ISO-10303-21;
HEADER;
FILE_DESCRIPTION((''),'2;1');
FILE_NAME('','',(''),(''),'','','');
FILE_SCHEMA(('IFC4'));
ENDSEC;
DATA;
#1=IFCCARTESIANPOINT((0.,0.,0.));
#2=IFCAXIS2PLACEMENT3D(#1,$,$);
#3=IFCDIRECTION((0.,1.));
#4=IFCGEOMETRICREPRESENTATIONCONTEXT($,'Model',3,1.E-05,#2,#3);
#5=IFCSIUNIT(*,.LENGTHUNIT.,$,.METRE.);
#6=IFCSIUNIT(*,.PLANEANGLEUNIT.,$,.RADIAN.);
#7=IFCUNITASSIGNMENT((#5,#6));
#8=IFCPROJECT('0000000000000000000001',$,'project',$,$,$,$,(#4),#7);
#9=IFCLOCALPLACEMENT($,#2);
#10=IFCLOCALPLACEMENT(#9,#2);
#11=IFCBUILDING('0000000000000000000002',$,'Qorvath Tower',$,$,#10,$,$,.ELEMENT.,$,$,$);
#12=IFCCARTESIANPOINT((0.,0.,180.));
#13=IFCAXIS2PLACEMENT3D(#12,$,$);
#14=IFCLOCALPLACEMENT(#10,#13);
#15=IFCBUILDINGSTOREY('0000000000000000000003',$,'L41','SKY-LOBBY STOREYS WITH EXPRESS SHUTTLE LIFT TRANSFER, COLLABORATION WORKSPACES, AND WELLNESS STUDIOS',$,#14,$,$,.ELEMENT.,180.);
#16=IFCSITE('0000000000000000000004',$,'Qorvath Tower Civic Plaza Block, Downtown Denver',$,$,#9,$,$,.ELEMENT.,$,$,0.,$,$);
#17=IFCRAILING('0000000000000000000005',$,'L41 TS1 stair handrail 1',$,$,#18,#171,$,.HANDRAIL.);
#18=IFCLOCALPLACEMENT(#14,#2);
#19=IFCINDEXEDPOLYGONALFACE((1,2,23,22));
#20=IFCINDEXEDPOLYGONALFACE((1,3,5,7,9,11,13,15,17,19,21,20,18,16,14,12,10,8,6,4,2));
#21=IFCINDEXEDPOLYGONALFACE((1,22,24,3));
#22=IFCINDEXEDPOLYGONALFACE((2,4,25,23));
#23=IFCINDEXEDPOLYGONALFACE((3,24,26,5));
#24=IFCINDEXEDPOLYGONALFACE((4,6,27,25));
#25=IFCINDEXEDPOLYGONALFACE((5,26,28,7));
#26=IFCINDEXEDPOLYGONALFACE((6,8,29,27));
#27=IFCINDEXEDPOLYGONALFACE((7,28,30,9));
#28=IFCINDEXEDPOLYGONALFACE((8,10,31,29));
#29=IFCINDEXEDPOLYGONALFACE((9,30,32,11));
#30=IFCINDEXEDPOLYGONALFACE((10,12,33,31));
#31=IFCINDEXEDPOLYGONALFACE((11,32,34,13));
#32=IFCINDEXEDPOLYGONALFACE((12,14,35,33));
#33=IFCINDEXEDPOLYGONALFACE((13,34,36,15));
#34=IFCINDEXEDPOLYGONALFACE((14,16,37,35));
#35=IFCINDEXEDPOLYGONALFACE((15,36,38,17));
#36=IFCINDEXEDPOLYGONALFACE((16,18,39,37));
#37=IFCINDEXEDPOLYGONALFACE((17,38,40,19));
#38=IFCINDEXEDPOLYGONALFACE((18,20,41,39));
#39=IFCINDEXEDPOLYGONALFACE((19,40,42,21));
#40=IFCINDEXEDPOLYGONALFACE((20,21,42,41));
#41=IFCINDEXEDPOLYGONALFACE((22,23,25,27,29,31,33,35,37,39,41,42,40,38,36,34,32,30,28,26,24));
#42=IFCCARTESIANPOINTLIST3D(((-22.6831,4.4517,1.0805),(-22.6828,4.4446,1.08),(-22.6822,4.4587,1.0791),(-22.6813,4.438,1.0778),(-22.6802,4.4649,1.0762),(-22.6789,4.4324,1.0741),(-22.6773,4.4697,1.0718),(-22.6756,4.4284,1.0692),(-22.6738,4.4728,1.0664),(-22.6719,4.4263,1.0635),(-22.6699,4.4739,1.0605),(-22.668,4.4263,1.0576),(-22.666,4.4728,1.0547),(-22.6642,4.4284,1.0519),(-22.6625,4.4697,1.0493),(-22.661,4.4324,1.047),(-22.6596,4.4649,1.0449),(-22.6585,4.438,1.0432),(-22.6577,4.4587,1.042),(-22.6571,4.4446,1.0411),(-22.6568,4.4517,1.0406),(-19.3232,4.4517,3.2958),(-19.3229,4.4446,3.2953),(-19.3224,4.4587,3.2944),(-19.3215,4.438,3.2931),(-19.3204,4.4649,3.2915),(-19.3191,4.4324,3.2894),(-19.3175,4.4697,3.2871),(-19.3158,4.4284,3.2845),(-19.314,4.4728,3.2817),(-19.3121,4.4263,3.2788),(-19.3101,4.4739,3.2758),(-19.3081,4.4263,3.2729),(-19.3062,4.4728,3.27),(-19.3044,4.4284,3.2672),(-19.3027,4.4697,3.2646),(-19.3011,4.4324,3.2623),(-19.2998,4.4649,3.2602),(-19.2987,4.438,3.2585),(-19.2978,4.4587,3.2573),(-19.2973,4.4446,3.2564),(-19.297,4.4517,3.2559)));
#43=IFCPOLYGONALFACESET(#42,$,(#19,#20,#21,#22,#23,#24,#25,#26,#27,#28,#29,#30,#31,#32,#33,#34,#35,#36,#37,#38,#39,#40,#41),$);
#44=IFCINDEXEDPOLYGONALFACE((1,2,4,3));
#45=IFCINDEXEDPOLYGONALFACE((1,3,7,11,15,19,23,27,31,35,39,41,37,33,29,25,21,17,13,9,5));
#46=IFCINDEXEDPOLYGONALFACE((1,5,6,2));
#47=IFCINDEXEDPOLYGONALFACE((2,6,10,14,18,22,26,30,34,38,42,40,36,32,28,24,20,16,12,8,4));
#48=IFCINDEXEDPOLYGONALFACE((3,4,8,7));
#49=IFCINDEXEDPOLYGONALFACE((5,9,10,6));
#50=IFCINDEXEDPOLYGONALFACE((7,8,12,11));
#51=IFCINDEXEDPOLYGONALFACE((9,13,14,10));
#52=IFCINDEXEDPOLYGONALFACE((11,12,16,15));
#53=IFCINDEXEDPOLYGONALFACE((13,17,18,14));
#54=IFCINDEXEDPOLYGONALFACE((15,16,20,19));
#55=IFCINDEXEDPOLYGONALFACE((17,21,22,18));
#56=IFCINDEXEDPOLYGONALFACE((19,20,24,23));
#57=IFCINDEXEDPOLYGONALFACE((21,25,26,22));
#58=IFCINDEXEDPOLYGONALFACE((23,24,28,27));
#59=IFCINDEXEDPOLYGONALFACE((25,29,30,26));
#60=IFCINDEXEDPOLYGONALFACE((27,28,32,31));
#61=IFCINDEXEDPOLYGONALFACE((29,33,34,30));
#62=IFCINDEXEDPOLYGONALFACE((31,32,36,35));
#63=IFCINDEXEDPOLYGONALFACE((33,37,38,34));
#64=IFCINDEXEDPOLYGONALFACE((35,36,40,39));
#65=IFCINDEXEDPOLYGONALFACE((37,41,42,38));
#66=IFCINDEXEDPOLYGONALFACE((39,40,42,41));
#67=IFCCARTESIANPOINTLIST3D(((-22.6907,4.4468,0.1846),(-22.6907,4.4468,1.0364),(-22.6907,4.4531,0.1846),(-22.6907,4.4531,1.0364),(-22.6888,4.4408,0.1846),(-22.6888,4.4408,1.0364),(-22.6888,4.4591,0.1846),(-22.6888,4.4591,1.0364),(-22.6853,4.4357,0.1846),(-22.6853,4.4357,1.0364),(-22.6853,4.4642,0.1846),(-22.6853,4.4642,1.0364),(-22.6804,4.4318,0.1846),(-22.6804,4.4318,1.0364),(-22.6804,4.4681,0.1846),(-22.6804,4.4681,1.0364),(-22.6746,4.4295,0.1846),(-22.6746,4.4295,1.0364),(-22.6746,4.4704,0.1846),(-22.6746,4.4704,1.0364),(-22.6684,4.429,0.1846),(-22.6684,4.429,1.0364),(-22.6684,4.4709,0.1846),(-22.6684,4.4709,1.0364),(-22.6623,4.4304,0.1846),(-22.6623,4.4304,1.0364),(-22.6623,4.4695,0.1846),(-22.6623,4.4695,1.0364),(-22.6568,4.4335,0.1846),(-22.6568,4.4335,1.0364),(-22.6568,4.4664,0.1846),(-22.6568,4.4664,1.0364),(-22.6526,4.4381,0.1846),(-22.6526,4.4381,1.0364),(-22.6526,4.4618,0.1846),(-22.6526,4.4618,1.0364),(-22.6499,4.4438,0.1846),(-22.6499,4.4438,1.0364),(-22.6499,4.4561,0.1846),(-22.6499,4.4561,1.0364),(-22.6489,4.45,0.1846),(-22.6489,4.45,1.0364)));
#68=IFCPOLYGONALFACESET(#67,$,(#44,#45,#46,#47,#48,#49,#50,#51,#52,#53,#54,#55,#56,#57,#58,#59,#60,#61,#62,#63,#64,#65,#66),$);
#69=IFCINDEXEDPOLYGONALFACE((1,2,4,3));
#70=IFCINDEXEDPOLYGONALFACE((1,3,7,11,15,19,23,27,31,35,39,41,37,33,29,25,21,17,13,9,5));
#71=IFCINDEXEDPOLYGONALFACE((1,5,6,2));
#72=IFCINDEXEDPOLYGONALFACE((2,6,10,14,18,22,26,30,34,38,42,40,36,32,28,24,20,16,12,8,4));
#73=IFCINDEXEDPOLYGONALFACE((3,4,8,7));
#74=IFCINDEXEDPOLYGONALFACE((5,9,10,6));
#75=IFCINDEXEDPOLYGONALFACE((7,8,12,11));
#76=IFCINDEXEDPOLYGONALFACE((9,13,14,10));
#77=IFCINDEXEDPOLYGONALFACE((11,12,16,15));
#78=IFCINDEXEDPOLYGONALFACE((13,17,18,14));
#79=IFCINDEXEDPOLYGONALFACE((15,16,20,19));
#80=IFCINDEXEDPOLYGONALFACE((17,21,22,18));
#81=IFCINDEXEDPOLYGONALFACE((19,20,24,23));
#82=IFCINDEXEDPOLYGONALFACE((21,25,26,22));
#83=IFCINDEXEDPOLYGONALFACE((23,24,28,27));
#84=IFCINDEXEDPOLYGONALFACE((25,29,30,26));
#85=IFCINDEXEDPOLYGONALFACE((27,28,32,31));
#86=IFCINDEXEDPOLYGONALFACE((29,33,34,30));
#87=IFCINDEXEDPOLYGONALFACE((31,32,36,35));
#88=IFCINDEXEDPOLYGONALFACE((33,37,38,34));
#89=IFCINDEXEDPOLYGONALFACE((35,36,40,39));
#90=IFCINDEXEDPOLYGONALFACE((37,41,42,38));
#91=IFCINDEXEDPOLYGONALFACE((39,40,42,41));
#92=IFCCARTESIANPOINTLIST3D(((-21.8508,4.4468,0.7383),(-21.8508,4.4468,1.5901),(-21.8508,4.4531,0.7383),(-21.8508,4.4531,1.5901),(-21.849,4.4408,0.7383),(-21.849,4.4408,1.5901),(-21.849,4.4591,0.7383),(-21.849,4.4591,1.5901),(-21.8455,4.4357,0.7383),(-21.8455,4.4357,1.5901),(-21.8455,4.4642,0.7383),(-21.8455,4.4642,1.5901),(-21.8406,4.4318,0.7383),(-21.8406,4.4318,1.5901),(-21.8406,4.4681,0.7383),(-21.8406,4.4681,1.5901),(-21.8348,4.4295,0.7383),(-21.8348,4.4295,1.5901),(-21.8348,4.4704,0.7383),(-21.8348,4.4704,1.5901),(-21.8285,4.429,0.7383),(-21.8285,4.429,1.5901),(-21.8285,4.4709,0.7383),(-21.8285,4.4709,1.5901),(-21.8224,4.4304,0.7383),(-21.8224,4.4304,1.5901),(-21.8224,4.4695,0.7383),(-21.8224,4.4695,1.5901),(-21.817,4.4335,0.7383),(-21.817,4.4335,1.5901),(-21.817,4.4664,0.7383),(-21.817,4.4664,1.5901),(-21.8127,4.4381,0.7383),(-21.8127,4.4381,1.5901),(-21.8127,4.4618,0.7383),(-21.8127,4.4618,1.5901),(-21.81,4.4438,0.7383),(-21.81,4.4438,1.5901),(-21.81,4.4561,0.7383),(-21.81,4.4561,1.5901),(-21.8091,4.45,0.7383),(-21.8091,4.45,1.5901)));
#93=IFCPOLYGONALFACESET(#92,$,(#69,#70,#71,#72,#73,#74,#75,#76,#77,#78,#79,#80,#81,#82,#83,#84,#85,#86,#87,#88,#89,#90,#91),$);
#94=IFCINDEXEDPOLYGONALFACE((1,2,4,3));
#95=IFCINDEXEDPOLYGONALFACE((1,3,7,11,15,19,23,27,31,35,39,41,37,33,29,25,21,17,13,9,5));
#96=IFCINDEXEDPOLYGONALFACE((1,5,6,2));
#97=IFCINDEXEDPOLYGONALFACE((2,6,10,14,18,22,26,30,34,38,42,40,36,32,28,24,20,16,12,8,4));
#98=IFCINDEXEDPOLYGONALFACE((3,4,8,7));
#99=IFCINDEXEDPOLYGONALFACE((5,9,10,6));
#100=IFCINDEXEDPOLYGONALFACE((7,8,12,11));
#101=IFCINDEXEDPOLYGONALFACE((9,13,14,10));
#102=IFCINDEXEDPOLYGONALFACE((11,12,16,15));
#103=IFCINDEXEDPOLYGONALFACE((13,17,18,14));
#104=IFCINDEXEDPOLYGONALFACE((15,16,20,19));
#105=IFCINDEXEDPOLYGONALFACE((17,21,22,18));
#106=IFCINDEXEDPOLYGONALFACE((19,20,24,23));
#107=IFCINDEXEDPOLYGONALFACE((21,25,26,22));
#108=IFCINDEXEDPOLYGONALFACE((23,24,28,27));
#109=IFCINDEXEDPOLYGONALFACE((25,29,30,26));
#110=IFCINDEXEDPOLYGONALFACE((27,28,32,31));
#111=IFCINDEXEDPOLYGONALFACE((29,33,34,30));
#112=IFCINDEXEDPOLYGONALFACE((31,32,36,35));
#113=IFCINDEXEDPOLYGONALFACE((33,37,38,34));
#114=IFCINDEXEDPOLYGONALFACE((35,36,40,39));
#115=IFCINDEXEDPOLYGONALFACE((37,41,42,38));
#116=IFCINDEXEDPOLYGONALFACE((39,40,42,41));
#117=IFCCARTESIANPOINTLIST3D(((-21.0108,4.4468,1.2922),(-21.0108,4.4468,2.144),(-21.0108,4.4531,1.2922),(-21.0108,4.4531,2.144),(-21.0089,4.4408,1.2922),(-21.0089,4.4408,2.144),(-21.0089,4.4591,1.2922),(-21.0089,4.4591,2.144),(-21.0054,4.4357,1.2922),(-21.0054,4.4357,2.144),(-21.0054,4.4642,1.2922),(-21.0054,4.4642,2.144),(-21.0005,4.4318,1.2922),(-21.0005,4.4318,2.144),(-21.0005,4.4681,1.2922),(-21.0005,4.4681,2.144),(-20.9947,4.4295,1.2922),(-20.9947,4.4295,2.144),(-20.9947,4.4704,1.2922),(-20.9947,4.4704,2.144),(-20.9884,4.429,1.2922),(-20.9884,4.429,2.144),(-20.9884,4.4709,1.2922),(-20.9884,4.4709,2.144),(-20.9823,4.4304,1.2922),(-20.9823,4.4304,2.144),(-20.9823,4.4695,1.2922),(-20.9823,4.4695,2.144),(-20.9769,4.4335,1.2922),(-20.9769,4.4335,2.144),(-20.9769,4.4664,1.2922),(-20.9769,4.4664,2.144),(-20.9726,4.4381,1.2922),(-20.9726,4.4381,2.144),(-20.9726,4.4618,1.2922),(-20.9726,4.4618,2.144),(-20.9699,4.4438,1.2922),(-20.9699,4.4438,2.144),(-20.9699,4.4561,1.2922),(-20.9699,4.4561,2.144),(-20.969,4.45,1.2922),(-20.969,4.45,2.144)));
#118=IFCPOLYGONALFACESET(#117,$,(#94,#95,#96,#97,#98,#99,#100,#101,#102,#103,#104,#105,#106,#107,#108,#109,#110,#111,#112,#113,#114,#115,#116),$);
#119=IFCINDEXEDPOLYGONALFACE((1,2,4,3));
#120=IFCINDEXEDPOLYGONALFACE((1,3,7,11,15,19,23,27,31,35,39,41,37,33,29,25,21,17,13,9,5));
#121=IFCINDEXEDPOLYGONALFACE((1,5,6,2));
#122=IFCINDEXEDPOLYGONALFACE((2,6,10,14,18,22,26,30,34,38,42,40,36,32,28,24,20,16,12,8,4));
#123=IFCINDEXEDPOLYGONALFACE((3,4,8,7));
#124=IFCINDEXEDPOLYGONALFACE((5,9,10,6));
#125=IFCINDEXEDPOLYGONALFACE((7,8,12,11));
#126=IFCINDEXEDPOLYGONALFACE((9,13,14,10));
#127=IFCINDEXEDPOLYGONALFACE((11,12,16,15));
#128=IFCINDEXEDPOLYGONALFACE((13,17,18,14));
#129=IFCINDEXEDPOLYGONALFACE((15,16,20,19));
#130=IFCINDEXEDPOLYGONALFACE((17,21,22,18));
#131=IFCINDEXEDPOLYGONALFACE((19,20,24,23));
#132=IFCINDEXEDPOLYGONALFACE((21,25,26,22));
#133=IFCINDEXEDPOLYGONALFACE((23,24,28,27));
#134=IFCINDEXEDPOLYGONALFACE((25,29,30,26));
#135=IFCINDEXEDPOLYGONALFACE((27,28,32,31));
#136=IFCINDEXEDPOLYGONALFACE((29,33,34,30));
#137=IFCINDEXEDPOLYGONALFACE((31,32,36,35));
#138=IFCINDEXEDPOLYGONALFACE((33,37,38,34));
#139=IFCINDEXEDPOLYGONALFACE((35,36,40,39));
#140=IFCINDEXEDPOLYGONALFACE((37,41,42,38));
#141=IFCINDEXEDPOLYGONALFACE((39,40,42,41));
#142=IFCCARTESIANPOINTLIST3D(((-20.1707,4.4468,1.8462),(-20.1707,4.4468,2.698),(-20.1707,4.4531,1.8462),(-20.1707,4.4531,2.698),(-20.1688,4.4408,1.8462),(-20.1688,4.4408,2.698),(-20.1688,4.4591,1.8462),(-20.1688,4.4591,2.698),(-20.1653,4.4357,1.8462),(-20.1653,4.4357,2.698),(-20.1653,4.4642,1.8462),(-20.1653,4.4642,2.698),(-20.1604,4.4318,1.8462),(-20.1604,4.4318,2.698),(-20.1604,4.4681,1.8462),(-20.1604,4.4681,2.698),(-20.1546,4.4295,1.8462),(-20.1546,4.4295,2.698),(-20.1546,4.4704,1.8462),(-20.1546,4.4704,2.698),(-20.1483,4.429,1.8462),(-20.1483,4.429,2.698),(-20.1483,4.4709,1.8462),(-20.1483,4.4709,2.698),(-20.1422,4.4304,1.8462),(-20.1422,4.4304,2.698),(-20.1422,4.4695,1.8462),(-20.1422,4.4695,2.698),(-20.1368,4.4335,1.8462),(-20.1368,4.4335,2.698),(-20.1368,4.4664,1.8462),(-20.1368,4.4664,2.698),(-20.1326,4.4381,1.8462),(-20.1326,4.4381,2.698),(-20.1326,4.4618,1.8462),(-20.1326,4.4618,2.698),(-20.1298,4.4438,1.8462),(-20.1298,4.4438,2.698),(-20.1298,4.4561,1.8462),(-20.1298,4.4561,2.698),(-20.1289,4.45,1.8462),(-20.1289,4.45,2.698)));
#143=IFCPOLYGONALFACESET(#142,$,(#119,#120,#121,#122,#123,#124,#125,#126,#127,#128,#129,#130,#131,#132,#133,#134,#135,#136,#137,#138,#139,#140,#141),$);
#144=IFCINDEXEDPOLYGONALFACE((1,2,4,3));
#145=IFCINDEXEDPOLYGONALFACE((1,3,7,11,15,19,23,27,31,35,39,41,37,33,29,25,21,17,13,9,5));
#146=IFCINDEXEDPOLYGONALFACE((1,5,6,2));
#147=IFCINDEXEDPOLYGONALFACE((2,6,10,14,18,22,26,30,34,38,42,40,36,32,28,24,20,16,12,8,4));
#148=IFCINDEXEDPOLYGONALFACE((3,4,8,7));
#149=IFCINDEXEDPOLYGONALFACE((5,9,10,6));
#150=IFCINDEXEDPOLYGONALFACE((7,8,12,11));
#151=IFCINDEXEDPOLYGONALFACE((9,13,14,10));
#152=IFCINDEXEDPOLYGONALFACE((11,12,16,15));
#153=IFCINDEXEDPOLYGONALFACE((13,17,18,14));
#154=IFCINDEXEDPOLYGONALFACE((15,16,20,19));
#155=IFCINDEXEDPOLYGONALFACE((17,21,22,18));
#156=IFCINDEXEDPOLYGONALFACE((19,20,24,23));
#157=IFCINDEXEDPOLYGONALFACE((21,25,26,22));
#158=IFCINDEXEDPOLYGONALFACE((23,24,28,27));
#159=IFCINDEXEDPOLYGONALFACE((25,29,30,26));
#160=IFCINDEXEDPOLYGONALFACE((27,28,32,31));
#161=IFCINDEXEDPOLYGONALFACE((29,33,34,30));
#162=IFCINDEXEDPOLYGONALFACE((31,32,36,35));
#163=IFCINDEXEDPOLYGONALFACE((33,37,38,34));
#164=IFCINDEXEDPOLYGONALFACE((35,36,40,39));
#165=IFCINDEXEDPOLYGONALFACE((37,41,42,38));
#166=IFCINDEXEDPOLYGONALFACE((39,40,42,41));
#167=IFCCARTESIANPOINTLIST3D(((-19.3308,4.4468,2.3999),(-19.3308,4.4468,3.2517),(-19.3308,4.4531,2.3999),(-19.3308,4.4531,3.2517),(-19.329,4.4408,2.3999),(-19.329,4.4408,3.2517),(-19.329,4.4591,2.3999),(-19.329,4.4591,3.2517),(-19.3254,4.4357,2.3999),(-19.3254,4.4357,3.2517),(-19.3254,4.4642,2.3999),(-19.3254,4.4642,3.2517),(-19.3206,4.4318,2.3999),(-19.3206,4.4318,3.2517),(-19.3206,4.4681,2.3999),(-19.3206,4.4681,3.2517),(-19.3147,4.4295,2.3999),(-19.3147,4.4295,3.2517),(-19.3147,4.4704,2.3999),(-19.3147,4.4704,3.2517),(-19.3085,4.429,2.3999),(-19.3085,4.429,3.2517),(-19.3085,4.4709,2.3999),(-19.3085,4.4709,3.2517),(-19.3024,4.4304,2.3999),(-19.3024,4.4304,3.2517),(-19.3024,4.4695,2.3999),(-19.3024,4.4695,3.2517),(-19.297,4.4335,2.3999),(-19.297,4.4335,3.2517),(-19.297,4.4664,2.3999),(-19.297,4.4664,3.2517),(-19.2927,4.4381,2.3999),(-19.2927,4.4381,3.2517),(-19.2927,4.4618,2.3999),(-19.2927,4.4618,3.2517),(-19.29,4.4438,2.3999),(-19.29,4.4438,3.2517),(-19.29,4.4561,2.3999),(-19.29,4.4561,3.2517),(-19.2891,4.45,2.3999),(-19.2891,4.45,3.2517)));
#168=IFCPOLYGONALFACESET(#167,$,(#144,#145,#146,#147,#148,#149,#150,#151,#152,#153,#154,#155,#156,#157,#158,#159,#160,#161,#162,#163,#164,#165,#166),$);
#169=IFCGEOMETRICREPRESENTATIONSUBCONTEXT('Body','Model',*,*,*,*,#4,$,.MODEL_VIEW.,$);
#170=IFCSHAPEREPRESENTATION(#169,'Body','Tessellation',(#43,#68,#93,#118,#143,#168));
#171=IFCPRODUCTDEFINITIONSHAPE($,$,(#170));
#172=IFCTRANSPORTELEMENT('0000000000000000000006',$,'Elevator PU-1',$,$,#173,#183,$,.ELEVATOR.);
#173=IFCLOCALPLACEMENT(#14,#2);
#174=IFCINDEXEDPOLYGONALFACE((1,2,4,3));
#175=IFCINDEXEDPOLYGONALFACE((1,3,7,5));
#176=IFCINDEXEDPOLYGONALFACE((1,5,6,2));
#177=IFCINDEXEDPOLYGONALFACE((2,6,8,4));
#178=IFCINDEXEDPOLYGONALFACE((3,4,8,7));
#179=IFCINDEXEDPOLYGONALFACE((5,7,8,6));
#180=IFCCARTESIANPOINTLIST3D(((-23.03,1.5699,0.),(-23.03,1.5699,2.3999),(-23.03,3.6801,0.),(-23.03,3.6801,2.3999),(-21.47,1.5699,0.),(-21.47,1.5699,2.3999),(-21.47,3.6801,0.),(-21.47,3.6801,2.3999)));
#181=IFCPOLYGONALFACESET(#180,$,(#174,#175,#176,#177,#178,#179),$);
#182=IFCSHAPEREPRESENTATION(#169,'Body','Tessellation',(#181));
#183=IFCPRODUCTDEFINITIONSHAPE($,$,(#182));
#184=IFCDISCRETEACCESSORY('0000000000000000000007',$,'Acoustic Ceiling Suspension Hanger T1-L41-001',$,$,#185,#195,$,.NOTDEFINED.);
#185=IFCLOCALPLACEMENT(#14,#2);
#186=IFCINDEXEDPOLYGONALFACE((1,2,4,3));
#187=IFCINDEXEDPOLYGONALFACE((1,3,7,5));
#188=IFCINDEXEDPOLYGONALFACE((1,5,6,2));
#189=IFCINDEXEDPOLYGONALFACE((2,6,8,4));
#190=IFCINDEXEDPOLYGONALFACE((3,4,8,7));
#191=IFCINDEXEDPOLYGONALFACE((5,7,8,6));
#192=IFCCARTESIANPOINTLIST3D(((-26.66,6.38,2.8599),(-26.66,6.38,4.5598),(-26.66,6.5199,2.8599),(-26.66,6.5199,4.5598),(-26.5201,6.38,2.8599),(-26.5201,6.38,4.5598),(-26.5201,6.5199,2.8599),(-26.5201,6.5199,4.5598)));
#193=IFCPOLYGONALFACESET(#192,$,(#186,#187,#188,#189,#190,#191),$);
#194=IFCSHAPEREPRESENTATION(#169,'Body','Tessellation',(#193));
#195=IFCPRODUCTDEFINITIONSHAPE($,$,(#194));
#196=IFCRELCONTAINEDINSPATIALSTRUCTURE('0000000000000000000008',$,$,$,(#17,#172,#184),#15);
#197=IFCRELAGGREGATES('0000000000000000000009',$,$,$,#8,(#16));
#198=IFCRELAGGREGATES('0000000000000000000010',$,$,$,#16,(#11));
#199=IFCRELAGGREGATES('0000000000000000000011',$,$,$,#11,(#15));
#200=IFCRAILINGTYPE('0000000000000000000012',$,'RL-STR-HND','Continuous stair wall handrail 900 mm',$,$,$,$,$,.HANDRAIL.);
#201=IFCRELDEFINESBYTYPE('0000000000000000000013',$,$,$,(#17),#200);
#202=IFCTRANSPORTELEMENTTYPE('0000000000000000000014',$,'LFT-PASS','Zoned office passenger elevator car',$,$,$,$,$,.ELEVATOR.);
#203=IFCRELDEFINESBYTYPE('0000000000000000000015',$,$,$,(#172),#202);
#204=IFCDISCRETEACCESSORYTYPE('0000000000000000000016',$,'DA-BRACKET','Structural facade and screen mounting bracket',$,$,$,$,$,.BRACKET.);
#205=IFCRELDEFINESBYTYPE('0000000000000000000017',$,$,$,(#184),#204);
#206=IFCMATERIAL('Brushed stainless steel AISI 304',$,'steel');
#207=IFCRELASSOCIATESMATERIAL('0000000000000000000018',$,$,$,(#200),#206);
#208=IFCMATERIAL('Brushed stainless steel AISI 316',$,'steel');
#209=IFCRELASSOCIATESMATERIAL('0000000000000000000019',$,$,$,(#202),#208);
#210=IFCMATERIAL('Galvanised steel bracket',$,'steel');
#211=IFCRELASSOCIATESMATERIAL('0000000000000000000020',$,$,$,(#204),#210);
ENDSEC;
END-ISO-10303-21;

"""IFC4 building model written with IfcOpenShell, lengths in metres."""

from ifc_helpers import new_model, si_unit, direction, frame, origin, origin_2d, place, context, subcontext, project, spatial, rectangle, circle, extrude, material, type_object, element, save


model = new_model("IFC4")

# Units and contexts
model_context = context("Model", 3, precision=1e-05, world=origin(), true_north=direction((0.0, 1.0)))
body_context = subcontext(model_context, "Body", "Model", "MODEL_VIEW")
ifc_project = project(units=[si_unit("LENGTHUNIT", "METRE"), si_unit("PLANEANGLEUNIT", "RADIAN")], contexts=[model_context])

# Site, building, storey
site_placement = place(None, origin())
site = spatial("IfcSite", under=ifc_project, at=site_placement, Name="Qorvath Tower Civic Plaza Block, Downtown Denver", CompositionType="ELEMENT", RefElevation=0.0)
building_placement = place(site_placement, origin())
building = spatial("IfcBuilding", under=site, at=building_placement, Name="Qorvath Tower", CompositionType="ELEMENT")
storey_placement = place(building_placement, frame((0.0, 0.0, 180.0)))
storey = spatial("IfcBuildingStorey", under=building, at=storey_placement, Name="L41", Description="SKY-LOBBY STOREYS WITH EXPRESS SHUTTLE LIFT TRANSFER, COLLABORATION WORKSPACES, AND WELLNESS STUDIOS", CompositionType="ELEMENT", Elevation=180.0)

# Railing
ifc_material_1 = material(Name="Brushed stainless steel AISI 304", Category="steel")
railing_type_1 = type_object("IfcRailingType", Name="RL-STR-HND", Description="Continuous stair wall handrail 900 mm", PredefinedType="HANDRAIL", material=ifc_material_1)
railing_1_placement = place(storey_placement, frame((-22.6699, 4.45, 0.1846)))
element("IfcRailing", 1, at=railing_1_placement, inside=storey, type_object=railing_type_1, Name="L41 TS1 stair handrail 1", PredefinedType="HANDRAIL", context=body_context, shape_type="SweptSolid", body=[
    extrude(circle(Radius=0.0239, at=origin_2d()), frame((0.0, 0.0, 0.876), z_axis=(0.834858, 0.0, 0.550465), x_axis=(0.0, 1.0, 0.0)), (0.0, 0.0, 1.0), 4.0244),
    extrude(circle(Radius=0.021, at=origin_2d()), origin(), (0.0, 0.0, 1.0), 0.8518),
    extrude(circle(Radius=0.021, at=origin_2d()), frame((0.8398, 0.0, 0.5537)), (0.0, 0.0, 1.0), 0.8518),
    extrude(circle(Radius=0.021, at=origin_2d()), frame((1.6799, 0.0, 1.1077)), (0.0, 0.0, 1.0), 0.8518),
    extrude(circle(Radius=0.021, at=origin_2d()), frame((2.52, 0.0, 1.6616)), (0.0, 0.0, 1.0), 0.8518),
    extrude(circle(Radius=0.021, at=origin_2d()), frame((3.3599, 0.0, 2.2153)), (0.0, 0.0, 1.0), 0.8518),
])

# Transport element
ifc_material_2 = material(Name="Brushed stainless steel AISI 316", Category="steel")
transport_element_type = type_object("IfcTransportElementType", Name="LFT-PASS", Description="Zoned office passenger elevator car", PredefinedType="ELEVATOR", material=ifc_material_2)
transport_element_placement = place(storey_placement, frame((-22.25, 2.625, 0.0), z_axis=(0.0, 0.0, 1.0), x_axis=(1.0, 0.0, 0.0)))
element("IfcTransportElement", 2, at=transport_element_placement, inside=storey, type_object=transport_element_type, Name="Elevator PU-1", PredefinedType="ELEVATOR", context=body_context, shape_type="SweptSolid", body=[
    extrude(rectangle(XDim=1.5601, YDim=2.1101, at=origin_2d()), origin(), (0.0, 0.0, 1.0), 2.3999),
])

# Discrete accessory
ifc_material_3 = material(Name="Galvanised steel bracket", Category="steel")
discrete_accessory_type = type_object("IfcDiscreteAccessoryType", Name="DA-BRACKET", Description="Structural facade and screen mounting bracket", PredefinedType="BRACKET", material=ifc_material_3)
discrete_accessory_placement = place(storey_placement, frame((-26.5901, 6.45, 2.8599), z_axis=(0.0, 0.0, 1.0), x_axis=(1.0, 0.0, 0.0)))
element("IfcDiscreteAccessory", 3, at=discrete_accessory_placement, inside=storey, type_object=discrete_accessory_type, Name="Acoustic Ceiling Suspension Hanger T1-L41-001", PredefinedType="NOTDEFINED", context=body_context, shape_type="SweptSolid", body=[
    extrude(rectangle(XDim=0.1399, YDim=0.1399, at=origin_2d()), origin(), (0.0, 0.0, 1.0), 1.7),
])

save(model, "model.ifc")
